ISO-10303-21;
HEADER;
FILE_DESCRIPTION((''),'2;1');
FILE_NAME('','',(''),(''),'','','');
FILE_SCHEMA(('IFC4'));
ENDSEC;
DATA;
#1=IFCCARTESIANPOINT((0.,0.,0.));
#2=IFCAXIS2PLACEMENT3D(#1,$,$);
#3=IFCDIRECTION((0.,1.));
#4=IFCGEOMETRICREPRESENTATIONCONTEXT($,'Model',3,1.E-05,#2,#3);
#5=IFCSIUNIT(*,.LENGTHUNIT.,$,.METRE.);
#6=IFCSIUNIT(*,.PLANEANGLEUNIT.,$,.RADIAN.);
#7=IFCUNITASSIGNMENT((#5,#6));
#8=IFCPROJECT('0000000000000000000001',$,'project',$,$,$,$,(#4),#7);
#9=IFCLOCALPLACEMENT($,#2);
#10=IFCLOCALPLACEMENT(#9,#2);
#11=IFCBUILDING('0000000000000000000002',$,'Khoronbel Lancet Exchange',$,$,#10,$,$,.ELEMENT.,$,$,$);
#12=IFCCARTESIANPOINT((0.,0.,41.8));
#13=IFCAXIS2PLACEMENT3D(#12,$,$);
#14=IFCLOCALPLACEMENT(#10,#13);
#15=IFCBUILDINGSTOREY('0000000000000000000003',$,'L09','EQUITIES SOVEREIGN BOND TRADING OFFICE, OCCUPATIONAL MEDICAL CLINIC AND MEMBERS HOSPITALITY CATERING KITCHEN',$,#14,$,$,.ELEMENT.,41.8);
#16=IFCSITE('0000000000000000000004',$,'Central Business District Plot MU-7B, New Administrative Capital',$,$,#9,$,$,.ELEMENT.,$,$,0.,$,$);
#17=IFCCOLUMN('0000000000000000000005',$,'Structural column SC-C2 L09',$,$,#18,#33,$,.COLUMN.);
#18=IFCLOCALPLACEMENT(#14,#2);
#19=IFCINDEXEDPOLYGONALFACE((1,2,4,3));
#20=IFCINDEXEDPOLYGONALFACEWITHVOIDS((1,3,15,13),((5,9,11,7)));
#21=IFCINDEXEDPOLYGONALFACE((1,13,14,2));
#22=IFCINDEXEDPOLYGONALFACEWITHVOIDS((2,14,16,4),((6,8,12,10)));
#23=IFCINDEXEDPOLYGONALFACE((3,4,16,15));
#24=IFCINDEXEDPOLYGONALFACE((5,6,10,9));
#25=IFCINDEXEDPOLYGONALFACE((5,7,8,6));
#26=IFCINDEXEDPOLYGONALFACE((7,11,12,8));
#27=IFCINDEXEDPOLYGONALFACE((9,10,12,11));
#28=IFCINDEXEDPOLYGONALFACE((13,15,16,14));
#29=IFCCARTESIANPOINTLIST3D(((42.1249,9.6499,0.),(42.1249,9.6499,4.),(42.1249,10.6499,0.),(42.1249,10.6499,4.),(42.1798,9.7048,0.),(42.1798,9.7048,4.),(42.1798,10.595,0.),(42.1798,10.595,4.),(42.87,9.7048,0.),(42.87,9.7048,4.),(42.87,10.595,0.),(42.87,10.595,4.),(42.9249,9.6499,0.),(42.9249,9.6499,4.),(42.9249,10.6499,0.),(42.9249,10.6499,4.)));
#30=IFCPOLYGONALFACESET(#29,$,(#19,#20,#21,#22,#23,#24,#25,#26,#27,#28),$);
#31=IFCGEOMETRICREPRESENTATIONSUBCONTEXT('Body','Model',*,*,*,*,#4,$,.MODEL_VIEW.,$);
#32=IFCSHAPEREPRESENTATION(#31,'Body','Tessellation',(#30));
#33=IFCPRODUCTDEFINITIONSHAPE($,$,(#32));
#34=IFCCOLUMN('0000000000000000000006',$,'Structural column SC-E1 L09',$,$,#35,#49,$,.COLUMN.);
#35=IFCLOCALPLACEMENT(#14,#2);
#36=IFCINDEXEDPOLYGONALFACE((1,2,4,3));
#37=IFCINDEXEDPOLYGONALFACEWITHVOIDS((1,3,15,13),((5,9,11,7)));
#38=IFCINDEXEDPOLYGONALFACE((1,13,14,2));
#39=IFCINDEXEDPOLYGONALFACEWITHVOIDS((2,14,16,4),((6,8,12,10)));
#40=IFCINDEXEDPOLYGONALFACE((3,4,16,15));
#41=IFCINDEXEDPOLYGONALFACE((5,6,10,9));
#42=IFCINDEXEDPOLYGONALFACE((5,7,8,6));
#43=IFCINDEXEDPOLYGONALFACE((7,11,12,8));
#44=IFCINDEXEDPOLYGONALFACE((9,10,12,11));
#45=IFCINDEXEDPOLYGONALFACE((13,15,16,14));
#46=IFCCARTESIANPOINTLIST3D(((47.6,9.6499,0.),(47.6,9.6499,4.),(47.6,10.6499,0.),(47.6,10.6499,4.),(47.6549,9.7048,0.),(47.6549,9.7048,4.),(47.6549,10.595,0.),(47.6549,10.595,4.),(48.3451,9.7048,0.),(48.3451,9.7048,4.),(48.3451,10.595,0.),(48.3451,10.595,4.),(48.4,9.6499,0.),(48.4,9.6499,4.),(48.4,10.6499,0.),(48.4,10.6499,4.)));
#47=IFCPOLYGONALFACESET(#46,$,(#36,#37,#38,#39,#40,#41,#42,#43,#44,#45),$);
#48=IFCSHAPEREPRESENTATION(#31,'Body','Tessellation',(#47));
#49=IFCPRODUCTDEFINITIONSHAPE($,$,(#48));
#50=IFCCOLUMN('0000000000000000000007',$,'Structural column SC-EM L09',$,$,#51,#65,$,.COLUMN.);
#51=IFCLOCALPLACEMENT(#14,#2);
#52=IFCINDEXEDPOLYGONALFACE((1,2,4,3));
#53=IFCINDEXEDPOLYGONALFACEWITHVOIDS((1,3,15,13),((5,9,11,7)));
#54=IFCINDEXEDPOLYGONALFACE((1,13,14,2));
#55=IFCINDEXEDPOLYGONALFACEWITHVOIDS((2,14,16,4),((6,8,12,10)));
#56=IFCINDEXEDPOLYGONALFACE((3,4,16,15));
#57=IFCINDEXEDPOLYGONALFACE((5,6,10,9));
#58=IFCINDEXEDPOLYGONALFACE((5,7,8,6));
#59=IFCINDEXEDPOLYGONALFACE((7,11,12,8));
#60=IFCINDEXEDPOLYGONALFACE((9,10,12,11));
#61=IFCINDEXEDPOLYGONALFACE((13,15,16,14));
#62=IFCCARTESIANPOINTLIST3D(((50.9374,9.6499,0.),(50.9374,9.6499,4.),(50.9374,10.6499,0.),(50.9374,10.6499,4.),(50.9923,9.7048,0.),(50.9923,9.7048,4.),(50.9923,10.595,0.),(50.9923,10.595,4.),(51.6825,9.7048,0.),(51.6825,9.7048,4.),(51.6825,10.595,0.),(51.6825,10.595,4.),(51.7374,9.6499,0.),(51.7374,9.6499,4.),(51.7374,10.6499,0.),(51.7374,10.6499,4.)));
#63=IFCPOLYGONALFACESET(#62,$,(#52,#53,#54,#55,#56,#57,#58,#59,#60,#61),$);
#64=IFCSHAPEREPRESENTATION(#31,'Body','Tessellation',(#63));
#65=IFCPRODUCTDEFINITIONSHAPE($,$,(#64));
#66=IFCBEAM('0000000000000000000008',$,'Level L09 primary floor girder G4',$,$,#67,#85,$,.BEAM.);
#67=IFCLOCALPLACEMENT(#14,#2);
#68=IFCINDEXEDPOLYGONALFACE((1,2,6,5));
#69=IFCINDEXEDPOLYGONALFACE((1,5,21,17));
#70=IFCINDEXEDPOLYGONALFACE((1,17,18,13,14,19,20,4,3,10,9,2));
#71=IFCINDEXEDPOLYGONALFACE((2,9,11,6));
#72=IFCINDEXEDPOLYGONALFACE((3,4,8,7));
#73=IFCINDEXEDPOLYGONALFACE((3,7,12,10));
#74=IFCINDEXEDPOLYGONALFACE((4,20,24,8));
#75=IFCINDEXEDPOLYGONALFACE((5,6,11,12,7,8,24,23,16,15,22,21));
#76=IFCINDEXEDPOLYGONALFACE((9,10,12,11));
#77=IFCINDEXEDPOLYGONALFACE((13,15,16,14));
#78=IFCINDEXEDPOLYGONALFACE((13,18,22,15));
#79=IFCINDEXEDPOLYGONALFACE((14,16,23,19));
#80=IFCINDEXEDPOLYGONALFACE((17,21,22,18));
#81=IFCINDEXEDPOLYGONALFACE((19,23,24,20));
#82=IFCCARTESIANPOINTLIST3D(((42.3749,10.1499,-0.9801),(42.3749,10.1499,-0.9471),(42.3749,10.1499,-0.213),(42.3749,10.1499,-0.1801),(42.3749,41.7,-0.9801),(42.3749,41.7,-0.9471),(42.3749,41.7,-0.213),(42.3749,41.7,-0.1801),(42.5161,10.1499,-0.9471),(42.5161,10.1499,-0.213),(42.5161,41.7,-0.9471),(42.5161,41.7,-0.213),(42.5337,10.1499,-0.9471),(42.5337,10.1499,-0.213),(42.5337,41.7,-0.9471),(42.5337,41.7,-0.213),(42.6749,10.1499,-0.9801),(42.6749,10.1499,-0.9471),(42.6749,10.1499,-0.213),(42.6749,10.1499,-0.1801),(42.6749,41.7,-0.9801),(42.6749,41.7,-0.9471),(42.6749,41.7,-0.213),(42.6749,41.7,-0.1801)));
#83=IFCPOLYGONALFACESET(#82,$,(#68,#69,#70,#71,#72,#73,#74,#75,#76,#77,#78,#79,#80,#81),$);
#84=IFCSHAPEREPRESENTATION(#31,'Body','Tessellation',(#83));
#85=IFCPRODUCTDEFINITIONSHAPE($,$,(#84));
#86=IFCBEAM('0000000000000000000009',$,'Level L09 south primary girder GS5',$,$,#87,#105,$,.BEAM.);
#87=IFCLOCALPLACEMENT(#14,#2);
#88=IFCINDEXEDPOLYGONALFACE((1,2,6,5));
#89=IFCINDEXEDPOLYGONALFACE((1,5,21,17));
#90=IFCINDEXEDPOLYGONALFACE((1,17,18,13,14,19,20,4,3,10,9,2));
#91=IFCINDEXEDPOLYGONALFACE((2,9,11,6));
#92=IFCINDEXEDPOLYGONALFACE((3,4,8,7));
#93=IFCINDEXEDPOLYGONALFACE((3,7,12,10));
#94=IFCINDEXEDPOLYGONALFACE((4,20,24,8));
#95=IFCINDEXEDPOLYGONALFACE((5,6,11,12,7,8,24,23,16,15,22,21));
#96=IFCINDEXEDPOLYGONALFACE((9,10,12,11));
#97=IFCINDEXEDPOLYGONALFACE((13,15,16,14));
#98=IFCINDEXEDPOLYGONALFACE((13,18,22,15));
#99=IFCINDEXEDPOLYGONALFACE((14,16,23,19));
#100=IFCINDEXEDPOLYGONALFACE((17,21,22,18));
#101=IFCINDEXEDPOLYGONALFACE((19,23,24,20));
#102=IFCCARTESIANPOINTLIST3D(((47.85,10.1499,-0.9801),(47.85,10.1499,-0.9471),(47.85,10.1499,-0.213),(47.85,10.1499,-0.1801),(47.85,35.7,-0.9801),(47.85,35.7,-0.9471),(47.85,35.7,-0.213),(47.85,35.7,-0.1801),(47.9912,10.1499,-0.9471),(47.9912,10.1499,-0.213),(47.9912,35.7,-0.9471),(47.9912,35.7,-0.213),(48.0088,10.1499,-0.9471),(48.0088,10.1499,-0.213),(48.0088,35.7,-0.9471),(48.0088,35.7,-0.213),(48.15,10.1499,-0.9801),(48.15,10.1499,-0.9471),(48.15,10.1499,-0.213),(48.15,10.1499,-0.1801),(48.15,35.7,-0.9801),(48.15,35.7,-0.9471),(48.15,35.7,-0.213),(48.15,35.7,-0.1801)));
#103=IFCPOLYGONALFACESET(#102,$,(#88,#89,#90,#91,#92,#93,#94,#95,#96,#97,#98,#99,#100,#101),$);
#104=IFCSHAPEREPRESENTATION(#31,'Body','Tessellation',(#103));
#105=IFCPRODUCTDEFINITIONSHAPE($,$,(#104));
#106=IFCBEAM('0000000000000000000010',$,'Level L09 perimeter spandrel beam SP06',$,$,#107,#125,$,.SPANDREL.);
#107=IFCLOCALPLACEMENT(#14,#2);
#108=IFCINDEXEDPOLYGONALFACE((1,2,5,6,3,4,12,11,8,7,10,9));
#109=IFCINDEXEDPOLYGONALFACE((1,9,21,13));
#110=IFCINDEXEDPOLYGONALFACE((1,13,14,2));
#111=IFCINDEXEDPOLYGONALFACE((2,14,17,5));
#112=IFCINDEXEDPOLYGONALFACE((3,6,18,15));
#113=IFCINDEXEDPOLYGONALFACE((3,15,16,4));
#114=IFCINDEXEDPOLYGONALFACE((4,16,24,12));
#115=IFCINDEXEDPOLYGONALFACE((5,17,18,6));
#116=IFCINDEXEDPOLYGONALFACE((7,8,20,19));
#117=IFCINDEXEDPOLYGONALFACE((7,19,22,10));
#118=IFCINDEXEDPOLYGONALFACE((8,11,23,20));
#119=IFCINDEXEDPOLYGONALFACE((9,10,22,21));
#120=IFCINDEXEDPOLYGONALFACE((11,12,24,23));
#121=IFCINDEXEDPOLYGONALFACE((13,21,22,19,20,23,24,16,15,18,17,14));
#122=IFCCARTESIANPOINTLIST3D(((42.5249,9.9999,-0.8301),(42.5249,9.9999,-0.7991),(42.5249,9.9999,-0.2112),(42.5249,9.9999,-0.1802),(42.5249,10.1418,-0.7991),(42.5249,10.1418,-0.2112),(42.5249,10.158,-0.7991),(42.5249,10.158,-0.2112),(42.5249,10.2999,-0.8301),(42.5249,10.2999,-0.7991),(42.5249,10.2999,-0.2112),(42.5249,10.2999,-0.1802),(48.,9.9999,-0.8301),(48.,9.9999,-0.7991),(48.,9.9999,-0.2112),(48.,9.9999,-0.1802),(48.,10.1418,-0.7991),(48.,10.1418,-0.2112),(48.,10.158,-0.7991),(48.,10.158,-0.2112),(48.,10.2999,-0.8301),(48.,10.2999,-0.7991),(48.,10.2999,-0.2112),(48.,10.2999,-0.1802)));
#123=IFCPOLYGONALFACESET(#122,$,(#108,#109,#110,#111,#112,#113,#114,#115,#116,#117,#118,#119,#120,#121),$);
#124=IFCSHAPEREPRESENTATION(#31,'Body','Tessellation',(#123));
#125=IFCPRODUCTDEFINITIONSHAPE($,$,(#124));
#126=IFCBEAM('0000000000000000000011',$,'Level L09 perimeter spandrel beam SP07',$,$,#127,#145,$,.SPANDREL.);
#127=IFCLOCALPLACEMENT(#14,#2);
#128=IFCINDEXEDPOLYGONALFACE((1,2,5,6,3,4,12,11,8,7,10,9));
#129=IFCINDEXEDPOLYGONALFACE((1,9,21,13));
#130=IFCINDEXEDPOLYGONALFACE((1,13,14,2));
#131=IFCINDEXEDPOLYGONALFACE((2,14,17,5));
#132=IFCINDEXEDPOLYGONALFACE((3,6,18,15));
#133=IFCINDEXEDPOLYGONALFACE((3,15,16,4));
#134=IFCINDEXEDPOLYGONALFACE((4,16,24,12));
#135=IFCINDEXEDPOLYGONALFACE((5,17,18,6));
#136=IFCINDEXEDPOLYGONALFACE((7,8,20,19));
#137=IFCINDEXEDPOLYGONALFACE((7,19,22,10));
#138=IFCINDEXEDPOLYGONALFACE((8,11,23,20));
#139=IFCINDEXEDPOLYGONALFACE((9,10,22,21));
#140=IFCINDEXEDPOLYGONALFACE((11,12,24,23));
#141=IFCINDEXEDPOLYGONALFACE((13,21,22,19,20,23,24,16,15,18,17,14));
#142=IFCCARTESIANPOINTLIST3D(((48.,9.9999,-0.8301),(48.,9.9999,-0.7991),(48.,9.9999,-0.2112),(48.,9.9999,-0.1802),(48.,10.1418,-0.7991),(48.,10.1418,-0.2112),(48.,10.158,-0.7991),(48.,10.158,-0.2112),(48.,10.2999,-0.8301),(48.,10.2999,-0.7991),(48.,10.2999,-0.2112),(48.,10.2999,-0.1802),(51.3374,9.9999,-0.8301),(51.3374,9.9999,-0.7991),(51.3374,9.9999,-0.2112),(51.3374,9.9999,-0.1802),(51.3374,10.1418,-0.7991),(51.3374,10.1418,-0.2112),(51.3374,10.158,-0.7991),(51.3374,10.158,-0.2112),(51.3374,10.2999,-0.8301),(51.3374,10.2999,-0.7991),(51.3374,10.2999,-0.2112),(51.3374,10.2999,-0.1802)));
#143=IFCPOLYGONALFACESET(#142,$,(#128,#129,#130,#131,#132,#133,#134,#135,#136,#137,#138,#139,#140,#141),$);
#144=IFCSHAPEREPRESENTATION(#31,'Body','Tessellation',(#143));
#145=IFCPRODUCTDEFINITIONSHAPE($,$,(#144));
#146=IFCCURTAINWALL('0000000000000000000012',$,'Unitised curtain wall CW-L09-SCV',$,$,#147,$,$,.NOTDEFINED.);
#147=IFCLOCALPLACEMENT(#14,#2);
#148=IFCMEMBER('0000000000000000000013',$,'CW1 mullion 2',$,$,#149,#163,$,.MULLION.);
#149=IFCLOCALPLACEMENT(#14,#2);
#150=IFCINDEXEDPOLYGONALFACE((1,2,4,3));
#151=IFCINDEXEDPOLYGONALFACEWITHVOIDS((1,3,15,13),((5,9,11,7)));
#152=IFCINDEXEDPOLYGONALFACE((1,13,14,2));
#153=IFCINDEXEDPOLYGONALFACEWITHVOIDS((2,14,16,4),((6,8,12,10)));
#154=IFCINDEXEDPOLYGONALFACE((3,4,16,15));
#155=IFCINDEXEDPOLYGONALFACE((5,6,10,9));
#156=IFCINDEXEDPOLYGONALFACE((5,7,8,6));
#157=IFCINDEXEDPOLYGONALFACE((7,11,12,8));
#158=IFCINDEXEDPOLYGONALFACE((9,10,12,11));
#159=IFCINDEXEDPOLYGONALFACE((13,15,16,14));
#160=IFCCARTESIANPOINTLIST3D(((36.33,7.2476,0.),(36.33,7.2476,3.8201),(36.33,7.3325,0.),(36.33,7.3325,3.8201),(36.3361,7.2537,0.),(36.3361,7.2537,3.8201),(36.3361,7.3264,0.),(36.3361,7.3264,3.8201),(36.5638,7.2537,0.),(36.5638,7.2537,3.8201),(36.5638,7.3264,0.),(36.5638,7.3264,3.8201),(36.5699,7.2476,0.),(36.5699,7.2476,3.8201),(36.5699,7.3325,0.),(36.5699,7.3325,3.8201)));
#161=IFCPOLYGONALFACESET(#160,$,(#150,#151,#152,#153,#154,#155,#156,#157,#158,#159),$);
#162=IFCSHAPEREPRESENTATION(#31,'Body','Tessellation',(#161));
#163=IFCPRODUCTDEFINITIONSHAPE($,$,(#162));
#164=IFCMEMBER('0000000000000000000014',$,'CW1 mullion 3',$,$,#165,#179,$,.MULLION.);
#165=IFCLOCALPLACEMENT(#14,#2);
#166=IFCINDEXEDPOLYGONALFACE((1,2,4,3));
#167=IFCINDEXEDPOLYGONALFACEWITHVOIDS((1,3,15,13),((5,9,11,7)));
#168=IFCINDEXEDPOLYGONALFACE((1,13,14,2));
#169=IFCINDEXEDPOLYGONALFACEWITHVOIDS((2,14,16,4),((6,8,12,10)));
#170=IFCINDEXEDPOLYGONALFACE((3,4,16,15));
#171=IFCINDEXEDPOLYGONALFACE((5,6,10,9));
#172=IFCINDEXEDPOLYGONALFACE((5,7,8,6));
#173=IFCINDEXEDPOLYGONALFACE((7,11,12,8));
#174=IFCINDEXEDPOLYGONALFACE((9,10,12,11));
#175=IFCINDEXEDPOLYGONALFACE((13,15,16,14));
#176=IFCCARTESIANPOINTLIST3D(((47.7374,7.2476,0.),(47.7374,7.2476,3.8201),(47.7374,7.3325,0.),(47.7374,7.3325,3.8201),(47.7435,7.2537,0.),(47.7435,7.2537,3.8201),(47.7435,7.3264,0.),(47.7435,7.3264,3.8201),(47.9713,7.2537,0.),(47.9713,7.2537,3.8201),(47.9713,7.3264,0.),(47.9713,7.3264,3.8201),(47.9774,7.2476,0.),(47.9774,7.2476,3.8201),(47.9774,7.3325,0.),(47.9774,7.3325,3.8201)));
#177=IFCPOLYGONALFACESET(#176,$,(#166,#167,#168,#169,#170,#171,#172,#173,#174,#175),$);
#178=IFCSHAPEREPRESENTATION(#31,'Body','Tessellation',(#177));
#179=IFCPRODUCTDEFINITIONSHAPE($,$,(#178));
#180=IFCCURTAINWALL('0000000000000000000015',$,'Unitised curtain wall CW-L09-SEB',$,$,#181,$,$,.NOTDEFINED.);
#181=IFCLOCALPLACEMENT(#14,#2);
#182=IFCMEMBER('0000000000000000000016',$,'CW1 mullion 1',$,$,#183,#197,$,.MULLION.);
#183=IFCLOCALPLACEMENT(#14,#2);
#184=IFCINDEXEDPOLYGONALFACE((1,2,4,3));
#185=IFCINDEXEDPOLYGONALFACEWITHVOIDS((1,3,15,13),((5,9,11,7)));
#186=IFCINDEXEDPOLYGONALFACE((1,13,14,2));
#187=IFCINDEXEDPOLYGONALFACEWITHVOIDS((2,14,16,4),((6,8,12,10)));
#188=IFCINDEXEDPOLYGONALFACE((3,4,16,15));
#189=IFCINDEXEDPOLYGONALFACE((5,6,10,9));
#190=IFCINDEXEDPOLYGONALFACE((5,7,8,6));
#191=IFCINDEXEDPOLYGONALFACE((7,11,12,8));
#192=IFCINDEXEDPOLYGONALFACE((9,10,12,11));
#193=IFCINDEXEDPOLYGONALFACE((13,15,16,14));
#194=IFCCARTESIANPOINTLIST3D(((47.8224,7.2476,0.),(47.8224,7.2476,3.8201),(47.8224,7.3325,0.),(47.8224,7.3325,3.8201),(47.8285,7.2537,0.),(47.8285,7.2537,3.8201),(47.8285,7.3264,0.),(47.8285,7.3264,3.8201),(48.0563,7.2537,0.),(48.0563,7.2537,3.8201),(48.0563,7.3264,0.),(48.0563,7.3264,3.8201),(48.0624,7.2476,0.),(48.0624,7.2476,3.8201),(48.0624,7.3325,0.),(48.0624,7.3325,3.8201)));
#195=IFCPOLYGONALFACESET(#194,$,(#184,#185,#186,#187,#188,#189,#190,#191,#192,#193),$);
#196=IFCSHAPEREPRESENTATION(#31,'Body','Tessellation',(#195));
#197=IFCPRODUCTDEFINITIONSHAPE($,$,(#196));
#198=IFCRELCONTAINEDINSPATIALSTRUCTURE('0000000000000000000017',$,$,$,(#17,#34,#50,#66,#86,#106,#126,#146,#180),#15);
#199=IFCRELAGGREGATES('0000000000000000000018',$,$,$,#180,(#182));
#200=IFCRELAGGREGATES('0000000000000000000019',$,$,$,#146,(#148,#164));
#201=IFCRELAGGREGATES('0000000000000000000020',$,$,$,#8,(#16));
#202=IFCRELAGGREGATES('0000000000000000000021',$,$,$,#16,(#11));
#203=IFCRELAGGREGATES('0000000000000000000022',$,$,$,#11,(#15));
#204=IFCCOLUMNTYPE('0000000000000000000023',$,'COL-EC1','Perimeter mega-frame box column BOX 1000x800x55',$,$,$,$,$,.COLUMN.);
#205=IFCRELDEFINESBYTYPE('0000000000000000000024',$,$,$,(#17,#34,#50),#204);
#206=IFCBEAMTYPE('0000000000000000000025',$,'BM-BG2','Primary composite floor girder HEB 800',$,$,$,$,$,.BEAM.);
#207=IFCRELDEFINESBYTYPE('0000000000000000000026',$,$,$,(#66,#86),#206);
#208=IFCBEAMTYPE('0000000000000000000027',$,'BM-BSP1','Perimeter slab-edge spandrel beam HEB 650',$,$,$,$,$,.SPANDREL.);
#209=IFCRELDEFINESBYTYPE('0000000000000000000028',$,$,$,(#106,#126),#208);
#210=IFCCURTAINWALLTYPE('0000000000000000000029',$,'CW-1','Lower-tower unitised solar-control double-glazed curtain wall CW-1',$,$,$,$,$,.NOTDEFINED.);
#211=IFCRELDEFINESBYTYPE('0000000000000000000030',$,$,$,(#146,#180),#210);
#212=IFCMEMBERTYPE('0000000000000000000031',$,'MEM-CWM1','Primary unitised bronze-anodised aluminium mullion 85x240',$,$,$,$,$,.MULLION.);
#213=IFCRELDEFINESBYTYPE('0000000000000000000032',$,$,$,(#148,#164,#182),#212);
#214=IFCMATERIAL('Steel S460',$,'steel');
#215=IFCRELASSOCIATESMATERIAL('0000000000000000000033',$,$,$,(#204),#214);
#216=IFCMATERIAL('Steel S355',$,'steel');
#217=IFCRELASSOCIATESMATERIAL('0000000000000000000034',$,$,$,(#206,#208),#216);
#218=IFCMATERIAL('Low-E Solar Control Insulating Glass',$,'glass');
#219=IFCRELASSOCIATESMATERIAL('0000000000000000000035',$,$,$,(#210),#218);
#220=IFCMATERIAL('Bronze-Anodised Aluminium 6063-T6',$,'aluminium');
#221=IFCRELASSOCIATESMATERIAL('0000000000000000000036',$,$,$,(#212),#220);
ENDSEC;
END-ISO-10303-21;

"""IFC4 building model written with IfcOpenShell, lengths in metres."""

from ifc_helpers import new_model, si_unit, direction, frame, origin, origin_2d, place, context, subcontext, project, spatial, hollow_rectangle, i_section, extrude, material, material_profile, profile_set, type_object, element, aggregate, save


model = new_model("IFC4")

# Units and contexts
model_context = context("Model", 3, precision=1e-05, world=origin(), true_north=direction((0.0, 1.0)))
body_context = subcontext(model_context, "Body", "Model", "MODEL_VIEW")
ifc_project = project(units=[si_unit("LENGTHUNIT", "METRE"), si_unit("PLANEANGLEUNIT", "RADIAN")], contexts=[model_context])

# Site, building, storey
site_placement = place(None, origin())
site = spatial("IfcSite", under=ifc_project, at=site_placement, Name="Central Business District Plot MU-7B, New Administrative Capital", CompositionType="ELEMENT", RefElevation=0.0)
building_placement = place(site_placement, origin())
building = spatial("IfcBuilding", under=site, at=building_placement, Name="Khoronbel Lancet Exchange", CompositionType="ELEMENT")
storey_placement = place(building_placement, frame((0.0, 0.0, 41.8)))
storey = spatial("IfcBuildingStorey", under=building, at=storey_placement, Name="L09", Description="EQUITIES SOVEREIGN BOND TRADING OFFICE, OCCUPATIONAL MEDICAL CLINIC AND MEMBERS HOSPITALITY CATERING KITCHEN", CompositionType="ELEMENT", Elevation=41.8)

# Columns
ifc_material_1 = material(Name="Steel S460", Category="steel")
ifc_material_profile_1 = material_profile(ifc_material_1, hollow_rectangle(XDim=0.8, YDim=1.0, WallThickness=0.0549, at=origin_2d()), Name="BOX 1000x800x55")
ifc_profile_set_1 = profile_set([ifc_material_profile_1], Name="Steel S460")
column_type = type_object("IfcColumnType", Name="COL-EC1", Description="Perimeter mega-frame box column BOX 1000x800x55", PredefinedType="COLUMN", material=ifc_profile_set_1)
for number, where, z_axis, x_axis, name in (
    (1, (42.5249, 10.1499, 0.0), (0.0, 0.0, 1.0), (1.0, 0.0, 0.0), "Structural column SC-C2 L09"),
    (2, (48.0, 10.1499, 0.0), (0.0, 0.0, 1.0), (1.0, 0.0, 0.0), "Structural column SC-E1 L09"),
    (3, (51.3374, 10.1499, 0.0), (0.0, 0.0, 1.0), (1.0, 0.0, 0.0), "Structural column SC-EM L09"),
):
    element("IfcColumn", number, at=place(storey_placement, frame(where, z_axis=z_axis, x_axis=x_axis)), inside=storey, type_object=column_type, Name=name, PredefinedType="COLUMN", context=body_context, shape_type="SweptSolid", body=[
        extrude(hollow_rectangle(XDim=0.8, YDim=1.0, WallThickness=0.0549, at=origin_2d()), origin(), (0.0, 0.0, 1.0), 4.0),
    ])

# Beams
ifc_material_2 = material(Name="Steel S355", Category="steel")
ifc_material_profile_2 = material_profile(ifc_material_2, i_section(OverallWidth=0.3, OverallDepth=0.8, WebThickness=0.0176, FlangeThickness=0.033, at=origin_2d()), Name="HEB 800")
ifc_profile_set_2 = profile_set([ifc_material_profile_2], Name="Steel S355")
beam_type_1 = type_object("IfcBeamType", Name="BM-BG2", Description="Primary composite floor girder HEB 800", PredefinedType="BEAM", material=ifc_profile_set_2)
beam_1_placement = place(storey_placement, frame((42.5249, 10.1499, -0.5801), z_axis=(0.0, 1.0, 0.0), x_axis=(-1.0, 0.0, 0.0)))
element("IfcBeam", 4, at=beam_1_placement, inside=storey, type_object=beam_type_1, Name="Level L09 primary floor girder G4", PredefinedType="BEAM", context=body_context, shape_type="SweptSolid", body=[
    extrude(i_section(OverallWidth=0.3, OverallDepth=0.8, WebThickness=0.0176, FlangeThickness=0.033, at=origin_2d()), origin(), (0.0, 0.0, 1.0), 31.55),
])
beam_2_placement = place(storey_placement, frame((48.0, 10.1499, -0.5801), z_axis=(0.0, 1.0, 0.0), x_axis=(-1.0, 0.0, 0.0)))
element("IfcBeam", 5, at=beam_2_placement, inside=storey, type_object=beam_type_1, Name="Level L09 south primary girder GS5", PredefinedType="BEAM", context=body_context, shape_type="SweptSolid", body=[
    extrude(i_section(OverallWidth=0.3, OverallDepth=0.8, WebThickness=0.0176, FlangeThickness=0.033, at=origin_2d()), origin(), (0.0, 0.0, 1.0), 25.55),
])
ifc_material_profile_3 = material_profile(ifc_material_2, i_section(OverallWidth=0.3, OverallDepth=0.6499, WebThickness=0.0161, FlangeThickness=0.031, at=origin_2d()), Name="HEB 650")
ifc_profile_set_3 = profile_set([ifc_material_profile_3], Name="Steel S355")
beam_type_2 = type_object("IfcBeamType", Name="BM-BSP1", Description="Perimeter slab-edge spandrel beam HEB 650", PredefinedType="SPANDREL", material=ifc_profile_set_3)
beam_3_placement = place(storey_placement, frame((42.5249, 10.1499, -0.5051), z_axis=(1.0, 0.0, 0.0), x_axis=(0.0, 1.0, 0.0)))
element("IfcBeam", 6, at=beam_3_placement, inside=storey, type_object=beam_type_2, Name="Level L09 perimeter spandrel beam SP06", PredefinedType="SPANDREL", context=body_context, shape_type="SweptSolid", body=[
    extrude(i_section(OverallWidth=0.3, OverallDepth=0.6499, WebThickness=0.0161, FlangeThickness=0.031, at=origin_2d()), origin(), (0.0, 0.0, 1.0), 5.4751),
])
beam_4_placement = place(storey_placement, frame((48.0, 10.1499, -0.5051), z_axis=(1.0, 0.0, 0.0), x_axis=(0.0, 1.0, 0.0)))
element("IfcBeam", 7, at=beam_4_placement, inside=storey, type_object=beam_type_2, Name="Level L09 perimeter spandrel beam SP07", PredefinedType="SPANDREL", context=body_context, shape_type="SweptSolid", body=[
    extrude(i_section(OverallWidth=0.3, OverallDepth=0.6499, WebThickness=0.0161, FlangeThickness=0.031, at=origin_2d()), origin(), (0.0, 0.0, 1.0), 3.3374),
])

# Curtain walls, members
ifc_material_3 = material(Name="Low-E Solar Control Insulating Glass", Category="glass")
curtain_wall_type = type_object("IfcCurtainWallType", Name="CW-1", Description="Lower-tower unitised solar-control double-glazed curtain wall CW-1", PredefinedType="NOTDEFINED", material=ifc_material_3)
curtain_wall_1_placement = place(storey_placement, origin())
curtain_wall_1 = element("IfcCurtainWall", 8, at=curtain_wall_1_placement, inside=storey, type_object=curtain_wall_type, Name="Unitised curtain wall CW-L09-SCV", PredefinedType="NOTDEFINED")
ifc_material_4 = material(Name="Bronze-Anodised Aluminium 6063-T6", Category="aluminium")
ifc_material_profile_4 = material_profile(ifc_material_4, hollow_rectangle(XDim=0.085, YDim=0.24, WallThickness=0.0061, at=origin_2d()), Name="ALU MULLION 85x240")
ifc_profile_set_4 = profile_set([ifc_material_profile_4], Name="Bronze-Anodised Aluminium 6063-T6")
member_type_1 = type_object("IfcMemberType", Name="MEM-CWM1", Description="Primary unitised bronze-anodised aluminium mullion 85x240", PredefinedType="MULLION", material=ifc_profile_set_4)
member_1_placement = place(storey_placement, frame((36.45, 7.29, 0.0), z_axis=(0.0, 0.0, 1.0), x_axis=(0.0, 1.0, 0.0)))
member_1 = element("IfcMember", 9, at=member_1_placement, type_object=member_type_1, Name="CW1 mullion 2", PredefinedType="MULLION", context=body_context, shape_type="SweptSolid", body=[
    extrude(hollow_rectangle(XDim=0.085, YDim=0.24, WallThickness=0.0061, at=origin_2d()), origin(), (0.0, 0.0, 1.0), 3.8201),
])
member_2_placement = place(storey_placement, frame((47.8574, 7.29, 0.0), z_axis=(0.0, 0.0, 1.0), x_axis=(0.0, 1.0, 0.0)))
member_2 = element("IfcMember", 10, at=member_2_placement, type_object=member_type_1, Name="CW1 mullion 3", PredefinedType="MULLION", context=body_context, shape_type="SweptSolid", body=[
    extrude(hollow_rectangle(XDim=0.085, YDim=0.24, WallThickness=0.0061, at=origin_2d()), origin(), (0.0, 0.0, 1.0), 3.8201),
])
curtain_wall_2_placement = place(storey_placement, origin())
curtain_wall_2 = element("IfcCurtainWall", 11, at=curtain_wall_2_placement, inside=storey, type_object=curtain_wall_type, Name="Unitised curtain wall CW-L09-SEB", PredefinedType="NOTDEFINED")
member_3_placement = place(storey_placement, frame((47.9424, 7.29, 0.0), z_axis=(0.0, 0.0, 1.0), x_axis=(0.0, 1.0, 0.0)))
member_3 = element("IfcMember", 12, at=member_3_placement, type_object=member_type_1, Name="CW1 mullion 1", PredefinedType="MULLION", context=body_context, shape_type="SweptSolid", body=[
    extrude(hollow_rectangle(XDim=0.085, YDim=0.24, WallThickness=0.0061, at=origin_2d()), origin(), (0.0, 0.0, 1.0), 3.8201),
])

aggregate(curtain_wall_2, [member_3])
aggregate(curtain_wall_1, [member_1, member_2])

save(model, "model.ifc")
